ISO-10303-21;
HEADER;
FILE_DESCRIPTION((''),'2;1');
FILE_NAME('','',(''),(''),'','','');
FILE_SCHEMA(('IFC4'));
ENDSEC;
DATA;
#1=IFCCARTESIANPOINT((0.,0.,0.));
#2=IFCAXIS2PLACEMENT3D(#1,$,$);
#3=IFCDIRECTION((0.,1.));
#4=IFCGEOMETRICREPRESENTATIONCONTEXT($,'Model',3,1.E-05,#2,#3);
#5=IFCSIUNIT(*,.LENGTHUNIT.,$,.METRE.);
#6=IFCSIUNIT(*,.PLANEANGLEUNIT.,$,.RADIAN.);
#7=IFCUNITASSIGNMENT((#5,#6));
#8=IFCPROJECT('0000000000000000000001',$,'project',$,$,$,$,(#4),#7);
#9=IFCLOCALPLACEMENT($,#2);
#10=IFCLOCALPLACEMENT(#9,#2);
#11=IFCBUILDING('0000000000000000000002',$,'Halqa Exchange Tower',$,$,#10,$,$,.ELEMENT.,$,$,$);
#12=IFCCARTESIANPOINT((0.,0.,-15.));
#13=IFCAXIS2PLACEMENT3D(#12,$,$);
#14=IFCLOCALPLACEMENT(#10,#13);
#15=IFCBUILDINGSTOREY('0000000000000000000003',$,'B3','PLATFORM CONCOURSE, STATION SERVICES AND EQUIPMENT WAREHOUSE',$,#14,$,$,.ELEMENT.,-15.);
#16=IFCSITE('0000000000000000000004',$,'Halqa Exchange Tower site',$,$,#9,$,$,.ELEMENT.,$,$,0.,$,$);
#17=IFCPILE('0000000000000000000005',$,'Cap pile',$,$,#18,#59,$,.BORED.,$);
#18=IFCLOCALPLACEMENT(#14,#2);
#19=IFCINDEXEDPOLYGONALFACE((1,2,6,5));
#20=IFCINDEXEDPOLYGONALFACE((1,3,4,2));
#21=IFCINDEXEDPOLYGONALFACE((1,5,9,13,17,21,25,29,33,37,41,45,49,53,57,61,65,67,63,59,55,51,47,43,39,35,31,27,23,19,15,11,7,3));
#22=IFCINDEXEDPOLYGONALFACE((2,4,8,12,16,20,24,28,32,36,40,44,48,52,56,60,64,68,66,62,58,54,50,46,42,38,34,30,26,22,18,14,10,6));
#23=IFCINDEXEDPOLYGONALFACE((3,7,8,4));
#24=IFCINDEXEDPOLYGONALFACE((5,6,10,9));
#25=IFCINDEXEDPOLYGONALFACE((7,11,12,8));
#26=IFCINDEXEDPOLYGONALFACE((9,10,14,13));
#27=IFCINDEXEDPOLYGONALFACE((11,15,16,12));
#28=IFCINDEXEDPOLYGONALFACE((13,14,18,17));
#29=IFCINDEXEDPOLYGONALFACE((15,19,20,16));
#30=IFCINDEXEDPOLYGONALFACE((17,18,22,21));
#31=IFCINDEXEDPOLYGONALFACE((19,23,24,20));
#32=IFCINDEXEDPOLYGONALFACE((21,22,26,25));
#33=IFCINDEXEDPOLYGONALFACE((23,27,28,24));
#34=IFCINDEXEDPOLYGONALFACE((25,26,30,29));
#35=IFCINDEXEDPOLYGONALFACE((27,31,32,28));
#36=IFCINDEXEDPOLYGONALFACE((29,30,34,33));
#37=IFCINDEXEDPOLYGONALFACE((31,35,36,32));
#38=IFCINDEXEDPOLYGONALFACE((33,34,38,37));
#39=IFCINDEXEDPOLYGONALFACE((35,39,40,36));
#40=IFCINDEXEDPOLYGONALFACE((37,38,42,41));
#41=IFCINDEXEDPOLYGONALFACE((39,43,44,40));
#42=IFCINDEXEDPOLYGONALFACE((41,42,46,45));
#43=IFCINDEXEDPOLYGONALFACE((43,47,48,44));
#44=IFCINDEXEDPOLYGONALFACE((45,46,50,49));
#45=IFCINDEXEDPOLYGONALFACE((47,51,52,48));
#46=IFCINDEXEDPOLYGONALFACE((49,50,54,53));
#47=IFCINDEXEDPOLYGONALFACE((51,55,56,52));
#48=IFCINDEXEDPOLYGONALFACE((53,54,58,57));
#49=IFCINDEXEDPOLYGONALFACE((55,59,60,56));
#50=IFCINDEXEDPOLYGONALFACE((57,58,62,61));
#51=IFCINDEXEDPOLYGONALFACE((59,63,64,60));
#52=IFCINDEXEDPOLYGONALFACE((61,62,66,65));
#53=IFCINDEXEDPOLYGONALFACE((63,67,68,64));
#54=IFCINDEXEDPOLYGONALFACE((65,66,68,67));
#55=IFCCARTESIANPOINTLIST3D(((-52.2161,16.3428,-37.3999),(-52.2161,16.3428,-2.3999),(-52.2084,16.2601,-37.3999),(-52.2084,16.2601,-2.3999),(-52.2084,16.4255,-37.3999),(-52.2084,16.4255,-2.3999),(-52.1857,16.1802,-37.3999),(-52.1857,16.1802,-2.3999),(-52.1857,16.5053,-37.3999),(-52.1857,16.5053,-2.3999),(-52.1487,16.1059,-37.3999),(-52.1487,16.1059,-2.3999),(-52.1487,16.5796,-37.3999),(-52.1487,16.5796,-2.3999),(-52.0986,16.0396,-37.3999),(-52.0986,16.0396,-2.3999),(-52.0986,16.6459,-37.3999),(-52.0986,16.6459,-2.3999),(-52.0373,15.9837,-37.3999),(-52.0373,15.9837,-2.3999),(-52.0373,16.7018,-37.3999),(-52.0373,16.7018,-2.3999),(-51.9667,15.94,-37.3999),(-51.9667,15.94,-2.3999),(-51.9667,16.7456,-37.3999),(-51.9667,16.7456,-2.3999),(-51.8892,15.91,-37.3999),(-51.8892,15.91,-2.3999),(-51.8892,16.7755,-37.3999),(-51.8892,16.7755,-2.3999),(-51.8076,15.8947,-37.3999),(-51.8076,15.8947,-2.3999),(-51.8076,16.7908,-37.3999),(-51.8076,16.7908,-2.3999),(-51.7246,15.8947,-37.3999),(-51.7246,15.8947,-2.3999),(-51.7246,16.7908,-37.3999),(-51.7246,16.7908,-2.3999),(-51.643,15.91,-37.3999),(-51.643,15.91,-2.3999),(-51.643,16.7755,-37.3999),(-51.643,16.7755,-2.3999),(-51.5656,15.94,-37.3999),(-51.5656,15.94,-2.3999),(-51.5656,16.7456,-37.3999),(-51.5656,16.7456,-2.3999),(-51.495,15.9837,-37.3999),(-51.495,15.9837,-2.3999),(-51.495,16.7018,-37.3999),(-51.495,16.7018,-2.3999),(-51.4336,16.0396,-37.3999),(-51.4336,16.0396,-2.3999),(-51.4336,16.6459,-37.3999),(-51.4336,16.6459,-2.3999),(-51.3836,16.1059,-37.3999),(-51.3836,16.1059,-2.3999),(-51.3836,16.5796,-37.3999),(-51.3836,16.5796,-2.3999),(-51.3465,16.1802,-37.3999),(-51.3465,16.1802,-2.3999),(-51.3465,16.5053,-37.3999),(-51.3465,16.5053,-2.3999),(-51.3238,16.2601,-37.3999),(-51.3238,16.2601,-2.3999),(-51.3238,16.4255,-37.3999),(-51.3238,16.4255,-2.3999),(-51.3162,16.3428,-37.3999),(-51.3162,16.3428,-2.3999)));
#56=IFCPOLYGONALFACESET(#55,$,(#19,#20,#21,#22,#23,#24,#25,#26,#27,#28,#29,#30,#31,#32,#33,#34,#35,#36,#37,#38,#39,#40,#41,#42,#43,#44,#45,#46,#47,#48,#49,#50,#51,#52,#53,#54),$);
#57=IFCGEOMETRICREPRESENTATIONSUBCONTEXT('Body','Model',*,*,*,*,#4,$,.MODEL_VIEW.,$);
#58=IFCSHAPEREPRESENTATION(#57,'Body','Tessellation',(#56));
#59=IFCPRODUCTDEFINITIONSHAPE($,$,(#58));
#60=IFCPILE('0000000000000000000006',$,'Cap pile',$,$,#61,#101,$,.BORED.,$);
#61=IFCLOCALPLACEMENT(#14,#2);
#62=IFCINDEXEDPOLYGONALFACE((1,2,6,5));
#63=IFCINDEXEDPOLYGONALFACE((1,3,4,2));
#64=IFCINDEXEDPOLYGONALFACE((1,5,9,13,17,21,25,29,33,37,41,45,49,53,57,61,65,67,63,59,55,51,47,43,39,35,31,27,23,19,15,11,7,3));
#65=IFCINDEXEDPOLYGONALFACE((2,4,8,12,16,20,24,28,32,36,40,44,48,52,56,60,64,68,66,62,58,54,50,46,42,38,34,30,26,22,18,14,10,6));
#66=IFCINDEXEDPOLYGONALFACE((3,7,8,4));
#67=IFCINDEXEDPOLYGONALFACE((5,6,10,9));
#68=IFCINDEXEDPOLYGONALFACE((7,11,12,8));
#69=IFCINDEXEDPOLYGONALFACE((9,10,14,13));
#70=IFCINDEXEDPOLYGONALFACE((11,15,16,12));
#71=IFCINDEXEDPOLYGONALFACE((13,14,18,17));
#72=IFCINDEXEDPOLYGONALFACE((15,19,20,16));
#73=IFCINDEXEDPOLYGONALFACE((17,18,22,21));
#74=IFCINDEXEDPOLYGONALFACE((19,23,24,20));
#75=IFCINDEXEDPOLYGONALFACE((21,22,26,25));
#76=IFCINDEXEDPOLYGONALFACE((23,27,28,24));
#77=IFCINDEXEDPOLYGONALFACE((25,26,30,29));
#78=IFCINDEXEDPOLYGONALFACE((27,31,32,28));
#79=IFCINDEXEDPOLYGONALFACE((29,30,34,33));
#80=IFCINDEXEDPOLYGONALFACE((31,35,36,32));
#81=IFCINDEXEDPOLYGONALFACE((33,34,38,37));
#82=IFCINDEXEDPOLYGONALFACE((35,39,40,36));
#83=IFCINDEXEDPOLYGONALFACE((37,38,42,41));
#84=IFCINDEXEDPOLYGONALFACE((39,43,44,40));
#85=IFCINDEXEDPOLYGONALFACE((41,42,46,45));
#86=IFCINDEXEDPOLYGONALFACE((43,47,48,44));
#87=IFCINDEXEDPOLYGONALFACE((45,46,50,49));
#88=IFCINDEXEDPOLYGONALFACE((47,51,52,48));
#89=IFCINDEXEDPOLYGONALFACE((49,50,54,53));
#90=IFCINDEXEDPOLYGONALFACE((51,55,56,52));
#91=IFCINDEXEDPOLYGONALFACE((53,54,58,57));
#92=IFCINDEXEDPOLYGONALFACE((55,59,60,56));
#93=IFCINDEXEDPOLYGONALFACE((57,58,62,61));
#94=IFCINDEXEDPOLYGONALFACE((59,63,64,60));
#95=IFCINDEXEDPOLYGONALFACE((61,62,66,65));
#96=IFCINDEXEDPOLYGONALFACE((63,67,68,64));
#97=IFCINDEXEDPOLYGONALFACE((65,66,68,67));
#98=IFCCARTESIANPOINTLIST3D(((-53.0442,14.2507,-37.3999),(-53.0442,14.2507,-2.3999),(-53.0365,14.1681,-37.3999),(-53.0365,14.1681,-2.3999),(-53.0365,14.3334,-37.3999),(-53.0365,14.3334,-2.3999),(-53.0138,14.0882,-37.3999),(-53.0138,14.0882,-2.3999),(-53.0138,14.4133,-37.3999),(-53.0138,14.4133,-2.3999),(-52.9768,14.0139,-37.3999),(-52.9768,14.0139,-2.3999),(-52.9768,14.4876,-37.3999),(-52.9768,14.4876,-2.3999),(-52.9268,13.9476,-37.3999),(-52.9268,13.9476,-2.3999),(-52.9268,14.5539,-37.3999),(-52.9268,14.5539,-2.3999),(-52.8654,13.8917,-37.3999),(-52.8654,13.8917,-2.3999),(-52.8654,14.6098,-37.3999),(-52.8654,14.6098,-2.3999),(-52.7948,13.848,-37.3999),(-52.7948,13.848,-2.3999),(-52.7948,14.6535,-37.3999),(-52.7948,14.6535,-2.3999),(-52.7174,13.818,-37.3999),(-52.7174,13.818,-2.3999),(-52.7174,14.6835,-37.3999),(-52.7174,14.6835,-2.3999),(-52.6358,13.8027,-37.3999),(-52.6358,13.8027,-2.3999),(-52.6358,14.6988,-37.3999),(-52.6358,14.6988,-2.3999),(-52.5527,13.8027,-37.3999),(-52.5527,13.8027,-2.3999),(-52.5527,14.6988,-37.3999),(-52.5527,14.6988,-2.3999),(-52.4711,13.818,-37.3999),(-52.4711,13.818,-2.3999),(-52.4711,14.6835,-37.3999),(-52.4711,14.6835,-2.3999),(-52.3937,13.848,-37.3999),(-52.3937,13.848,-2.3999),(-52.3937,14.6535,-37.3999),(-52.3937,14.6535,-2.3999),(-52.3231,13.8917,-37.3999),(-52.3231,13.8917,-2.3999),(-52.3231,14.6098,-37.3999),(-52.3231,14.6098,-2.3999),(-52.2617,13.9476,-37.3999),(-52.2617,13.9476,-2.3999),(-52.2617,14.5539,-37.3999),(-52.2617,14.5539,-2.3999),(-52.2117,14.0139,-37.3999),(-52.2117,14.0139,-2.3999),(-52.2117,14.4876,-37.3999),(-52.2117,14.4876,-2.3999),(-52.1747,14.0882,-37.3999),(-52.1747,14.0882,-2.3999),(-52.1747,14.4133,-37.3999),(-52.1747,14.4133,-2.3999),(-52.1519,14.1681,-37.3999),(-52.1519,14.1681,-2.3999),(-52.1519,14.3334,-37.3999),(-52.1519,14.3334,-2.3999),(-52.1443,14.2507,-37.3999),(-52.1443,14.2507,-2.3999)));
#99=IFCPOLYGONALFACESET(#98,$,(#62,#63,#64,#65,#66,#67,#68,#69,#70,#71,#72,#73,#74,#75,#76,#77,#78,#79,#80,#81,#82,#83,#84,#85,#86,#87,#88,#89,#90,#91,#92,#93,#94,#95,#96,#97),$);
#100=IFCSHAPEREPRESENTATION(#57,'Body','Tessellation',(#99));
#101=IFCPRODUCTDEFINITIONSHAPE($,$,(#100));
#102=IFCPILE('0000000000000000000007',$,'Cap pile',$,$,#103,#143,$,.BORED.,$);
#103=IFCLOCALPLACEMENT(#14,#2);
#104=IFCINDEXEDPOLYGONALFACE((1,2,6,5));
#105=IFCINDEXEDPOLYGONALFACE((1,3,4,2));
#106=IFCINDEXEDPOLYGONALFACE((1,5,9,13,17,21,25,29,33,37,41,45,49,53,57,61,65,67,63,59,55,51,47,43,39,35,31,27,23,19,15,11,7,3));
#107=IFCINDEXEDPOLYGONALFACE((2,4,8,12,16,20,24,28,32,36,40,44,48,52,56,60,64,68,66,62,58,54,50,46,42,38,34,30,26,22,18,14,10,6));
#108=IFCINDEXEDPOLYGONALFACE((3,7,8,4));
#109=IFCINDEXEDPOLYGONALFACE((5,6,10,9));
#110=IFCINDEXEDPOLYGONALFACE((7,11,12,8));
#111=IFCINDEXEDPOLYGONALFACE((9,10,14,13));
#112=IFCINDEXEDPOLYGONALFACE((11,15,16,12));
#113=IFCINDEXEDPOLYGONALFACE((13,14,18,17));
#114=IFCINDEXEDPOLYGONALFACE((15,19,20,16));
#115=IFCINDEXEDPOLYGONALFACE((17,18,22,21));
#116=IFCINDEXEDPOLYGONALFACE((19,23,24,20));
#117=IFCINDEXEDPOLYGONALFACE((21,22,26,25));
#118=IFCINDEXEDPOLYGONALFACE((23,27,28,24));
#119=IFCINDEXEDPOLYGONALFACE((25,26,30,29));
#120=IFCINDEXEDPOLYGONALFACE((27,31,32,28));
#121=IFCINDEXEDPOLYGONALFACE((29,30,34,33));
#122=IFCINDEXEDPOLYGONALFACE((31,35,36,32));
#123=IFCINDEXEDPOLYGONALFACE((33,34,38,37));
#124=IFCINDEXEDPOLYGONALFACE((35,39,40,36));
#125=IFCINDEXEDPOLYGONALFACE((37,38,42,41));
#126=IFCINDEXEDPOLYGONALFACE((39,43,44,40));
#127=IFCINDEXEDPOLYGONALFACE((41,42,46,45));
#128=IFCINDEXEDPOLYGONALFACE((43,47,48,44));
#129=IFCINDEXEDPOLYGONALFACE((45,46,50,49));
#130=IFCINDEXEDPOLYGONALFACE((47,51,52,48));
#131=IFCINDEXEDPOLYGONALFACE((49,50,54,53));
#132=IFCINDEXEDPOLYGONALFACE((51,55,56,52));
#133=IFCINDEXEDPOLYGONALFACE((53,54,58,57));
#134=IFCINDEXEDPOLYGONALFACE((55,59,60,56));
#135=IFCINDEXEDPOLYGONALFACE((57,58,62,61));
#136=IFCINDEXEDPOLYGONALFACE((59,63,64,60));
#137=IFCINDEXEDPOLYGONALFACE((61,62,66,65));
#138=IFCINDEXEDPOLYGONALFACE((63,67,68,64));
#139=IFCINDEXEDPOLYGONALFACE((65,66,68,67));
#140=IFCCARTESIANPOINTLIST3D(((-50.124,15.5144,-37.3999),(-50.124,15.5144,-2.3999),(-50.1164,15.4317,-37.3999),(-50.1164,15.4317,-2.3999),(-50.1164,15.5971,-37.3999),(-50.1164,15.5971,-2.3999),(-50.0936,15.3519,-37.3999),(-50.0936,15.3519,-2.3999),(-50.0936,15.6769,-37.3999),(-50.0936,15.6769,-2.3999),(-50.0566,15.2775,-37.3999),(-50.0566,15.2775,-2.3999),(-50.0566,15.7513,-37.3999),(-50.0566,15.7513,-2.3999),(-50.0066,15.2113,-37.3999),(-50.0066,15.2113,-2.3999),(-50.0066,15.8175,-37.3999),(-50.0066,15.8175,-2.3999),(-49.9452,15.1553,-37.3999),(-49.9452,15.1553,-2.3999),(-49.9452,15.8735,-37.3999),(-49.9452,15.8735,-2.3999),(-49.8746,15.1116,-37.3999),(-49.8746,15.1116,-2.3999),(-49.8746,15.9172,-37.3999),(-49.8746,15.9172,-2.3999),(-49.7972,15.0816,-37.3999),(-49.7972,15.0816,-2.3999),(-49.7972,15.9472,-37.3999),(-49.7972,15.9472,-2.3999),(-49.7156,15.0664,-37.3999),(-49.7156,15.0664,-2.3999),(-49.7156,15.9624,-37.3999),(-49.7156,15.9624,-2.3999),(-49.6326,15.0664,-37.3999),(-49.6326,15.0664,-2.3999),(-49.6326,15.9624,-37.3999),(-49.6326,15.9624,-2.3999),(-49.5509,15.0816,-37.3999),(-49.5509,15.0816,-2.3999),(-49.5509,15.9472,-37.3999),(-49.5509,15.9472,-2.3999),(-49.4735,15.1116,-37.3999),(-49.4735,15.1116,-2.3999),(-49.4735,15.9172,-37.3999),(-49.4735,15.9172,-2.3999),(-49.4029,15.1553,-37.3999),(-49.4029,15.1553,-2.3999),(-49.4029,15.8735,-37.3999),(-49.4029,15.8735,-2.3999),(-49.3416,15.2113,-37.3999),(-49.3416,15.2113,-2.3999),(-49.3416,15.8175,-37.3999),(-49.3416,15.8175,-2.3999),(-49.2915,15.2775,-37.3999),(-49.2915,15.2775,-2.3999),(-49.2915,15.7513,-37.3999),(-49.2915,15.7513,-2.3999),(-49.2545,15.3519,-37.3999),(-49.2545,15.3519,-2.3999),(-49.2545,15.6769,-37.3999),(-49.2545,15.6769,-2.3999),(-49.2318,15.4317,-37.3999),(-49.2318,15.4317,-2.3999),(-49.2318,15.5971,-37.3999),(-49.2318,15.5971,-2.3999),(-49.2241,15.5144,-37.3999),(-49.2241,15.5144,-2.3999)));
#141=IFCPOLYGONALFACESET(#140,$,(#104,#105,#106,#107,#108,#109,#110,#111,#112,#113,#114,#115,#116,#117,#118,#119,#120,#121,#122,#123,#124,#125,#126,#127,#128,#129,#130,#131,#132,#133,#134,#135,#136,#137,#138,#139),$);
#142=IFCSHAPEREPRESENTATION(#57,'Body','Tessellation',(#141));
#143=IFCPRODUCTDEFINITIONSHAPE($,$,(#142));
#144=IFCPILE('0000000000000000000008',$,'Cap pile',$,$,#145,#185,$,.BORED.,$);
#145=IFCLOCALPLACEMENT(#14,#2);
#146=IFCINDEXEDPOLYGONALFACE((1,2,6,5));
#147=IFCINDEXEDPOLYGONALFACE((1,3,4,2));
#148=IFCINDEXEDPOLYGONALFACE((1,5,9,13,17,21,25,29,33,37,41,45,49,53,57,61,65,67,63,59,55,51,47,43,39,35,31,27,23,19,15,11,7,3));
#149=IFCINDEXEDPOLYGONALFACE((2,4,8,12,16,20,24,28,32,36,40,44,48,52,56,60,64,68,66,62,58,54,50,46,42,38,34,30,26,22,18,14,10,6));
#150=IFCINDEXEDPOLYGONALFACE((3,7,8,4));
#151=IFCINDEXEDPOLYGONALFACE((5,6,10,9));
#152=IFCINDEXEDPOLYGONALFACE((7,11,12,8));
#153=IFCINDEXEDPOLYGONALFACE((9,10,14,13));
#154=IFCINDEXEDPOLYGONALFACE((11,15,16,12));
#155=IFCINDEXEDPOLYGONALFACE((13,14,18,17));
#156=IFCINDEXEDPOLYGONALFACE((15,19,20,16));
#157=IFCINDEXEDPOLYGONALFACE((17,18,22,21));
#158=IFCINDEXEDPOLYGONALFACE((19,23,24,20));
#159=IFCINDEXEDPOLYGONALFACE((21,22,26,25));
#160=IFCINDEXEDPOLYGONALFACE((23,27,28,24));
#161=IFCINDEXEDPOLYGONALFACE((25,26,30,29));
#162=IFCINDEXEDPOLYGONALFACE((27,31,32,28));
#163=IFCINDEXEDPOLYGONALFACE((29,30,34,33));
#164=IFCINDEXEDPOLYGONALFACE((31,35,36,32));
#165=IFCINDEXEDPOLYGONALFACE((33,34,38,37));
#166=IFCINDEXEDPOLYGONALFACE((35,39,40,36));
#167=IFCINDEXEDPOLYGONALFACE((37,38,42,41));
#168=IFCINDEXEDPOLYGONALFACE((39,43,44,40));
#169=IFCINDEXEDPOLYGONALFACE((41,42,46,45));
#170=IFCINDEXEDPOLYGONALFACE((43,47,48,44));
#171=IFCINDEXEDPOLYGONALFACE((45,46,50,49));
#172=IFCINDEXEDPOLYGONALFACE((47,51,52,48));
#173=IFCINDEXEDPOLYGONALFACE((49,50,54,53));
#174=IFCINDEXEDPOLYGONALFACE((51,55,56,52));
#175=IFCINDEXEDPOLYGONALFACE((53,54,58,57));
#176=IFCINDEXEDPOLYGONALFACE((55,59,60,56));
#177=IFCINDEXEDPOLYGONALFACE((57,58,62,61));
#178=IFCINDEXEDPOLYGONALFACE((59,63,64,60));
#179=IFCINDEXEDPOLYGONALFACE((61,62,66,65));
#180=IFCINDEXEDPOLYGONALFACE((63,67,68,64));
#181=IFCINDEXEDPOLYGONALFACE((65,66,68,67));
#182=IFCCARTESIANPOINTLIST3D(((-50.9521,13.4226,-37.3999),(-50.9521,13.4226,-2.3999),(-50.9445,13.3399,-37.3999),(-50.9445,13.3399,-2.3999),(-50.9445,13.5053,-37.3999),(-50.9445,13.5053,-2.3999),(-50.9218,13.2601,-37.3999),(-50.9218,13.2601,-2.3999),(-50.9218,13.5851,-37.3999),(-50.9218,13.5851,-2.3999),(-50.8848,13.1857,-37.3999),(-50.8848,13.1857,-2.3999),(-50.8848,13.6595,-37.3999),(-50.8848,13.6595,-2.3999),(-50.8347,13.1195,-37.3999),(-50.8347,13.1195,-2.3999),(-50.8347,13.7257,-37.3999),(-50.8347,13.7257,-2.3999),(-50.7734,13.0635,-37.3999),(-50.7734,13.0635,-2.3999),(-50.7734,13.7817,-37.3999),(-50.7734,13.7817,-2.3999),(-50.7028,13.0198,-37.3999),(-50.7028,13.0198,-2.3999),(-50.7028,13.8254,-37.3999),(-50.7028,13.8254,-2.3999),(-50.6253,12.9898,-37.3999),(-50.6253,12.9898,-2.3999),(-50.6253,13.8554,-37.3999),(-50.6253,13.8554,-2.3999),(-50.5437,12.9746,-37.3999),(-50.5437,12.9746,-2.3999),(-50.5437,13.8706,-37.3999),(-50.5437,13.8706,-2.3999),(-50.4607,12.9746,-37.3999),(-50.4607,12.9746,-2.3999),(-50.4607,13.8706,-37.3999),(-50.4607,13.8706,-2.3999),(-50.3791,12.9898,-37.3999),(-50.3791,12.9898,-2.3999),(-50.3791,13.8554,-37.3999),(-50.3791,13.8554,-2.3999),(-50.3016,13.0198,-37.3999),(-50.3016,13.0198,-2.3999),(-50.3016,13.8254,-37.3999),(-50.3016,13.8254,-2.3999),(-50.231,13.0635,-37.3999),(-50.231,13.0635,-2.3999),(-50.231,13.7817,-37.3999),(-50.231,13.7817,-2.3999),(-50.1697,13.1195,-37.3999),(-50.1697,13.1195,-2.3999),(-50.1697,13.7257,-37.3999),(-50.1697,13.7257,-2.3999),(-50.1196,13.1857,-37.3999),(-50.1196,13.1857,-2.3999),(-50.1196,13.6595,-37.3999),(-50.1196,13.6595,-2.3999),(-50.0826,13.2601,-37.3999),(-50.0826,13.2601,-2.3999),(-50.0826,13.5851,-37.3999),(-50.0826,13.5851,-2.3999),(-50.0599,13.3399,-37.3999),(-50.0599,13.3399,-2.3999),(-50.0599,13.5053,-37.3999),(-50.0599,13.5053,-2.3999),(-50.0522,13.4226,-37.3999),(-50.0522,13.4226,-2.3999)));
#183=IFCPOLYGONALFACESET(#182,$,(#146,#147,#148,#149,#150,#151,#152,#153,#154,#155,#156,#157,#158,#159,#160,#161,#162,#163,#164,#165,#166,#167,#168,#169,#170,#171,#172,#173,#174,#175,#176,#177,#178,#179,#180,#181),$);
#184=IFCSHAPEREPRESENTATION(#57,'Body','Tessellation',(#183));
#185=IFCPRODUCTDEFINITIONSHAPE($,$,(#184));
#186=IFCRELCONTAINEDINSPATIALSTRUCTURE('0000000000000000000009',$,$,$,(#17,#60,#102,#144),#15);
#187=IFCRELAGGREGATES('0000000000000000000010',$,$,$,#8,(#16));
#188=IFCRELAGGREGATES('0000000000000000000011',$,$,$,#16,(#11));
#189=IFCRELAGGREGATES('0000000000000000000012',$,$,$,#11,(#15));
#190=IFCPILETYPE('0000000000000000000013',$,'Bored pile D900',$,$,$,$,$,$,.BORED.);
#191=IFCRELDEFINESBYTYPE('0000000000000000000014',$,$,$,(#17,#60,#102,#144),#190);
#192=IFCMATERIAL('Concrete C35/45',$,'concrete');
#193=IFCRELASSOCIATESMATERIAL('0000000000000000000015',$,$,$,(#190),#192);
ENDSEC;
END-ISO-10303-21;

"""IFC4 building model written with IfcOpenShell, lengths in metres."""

from ifc_helpers import new_model, si_unit, direction, frame, origin, origin_2d, place, context, subcontext, project, spatial, circle, extrude, material, material_profile, profile_set, type_object, element, save


model = new_model("IFC4")

# Units and contexts
model_context = context("Model", 3, precision=1e-05, world=origin(), true_north=direction((0.0, 1.0)))
body_context = subcontext(model_context, "Body", "Model", "MODEL_VIEW")
ifc_project = project(units=[si_unit("LENGTHUNIT", "METRE"), si_unit("PLANEANGLEUNIT", "RADIAN")], contexts=[model_context])

# Site, building, storey
site_placement = place(None, origin())
site = spatial("IfcSite", under=ifc_project, at=site_placement, Name="Halqa Exchange Tower site", CompositionType="ELEMENT", RefElevation=0.0)
building_placement = place(site_placement, origin())
building = spatial("IfcBuilding", under=site, at=building_placement, Name="Halqa Exchange Tower", CompositionType="ELEMENT")
storey_placement = place(building_placement, frame((0.0, 0.0, -15.0)))
storey = spatial("IfcBuildingStorey", under=building, at=storey_placement, Name="B3", Description="PLATFORM CONCOURSE, STATION SERVICES AND EQUIPMENT WAREHOUSE", CompositionType="ELEMENT", Elevation=-15.0)

# Piles
ifc_material_1 = material(Name="Concrete C35/45", Category="concrete")
ifc_material_profile_1 = material_profile(ifc_material_1, circle(Radius=0.45, at=origin_2d()), Name="D900")
ifc_profile_set_1 = profile_set([ifc_material_profile_1], Name="Concrete C35/45")
pile_type = type_object("IfcPileType", Name="Bored pile D900", PredefinedType="BORED", material=ifc_profile_set_1)
for number, where, z_axis, x_axis, name in (
    (1, (-51.7661, 16.3428, -2.3999), (0.0, 0.0, -1.0), (1.0, 0.0, 0.0), "Cap pile"),
    (2, (-52.5942, 14.2507, -2.3999), (0.0, 0.0, -1.0), (1.0, 0.0, 0.0), "Cap pile"),
    (3, (-49.6741, 15.5144, -2.3999), (0.0, 0.0, -1.0), (1.0, 0.0, 0.0), "Cap pile"),
    (4, (-50.5022, 13.4226, -2.3999), (0.0, 0.0, -1.0), (1.0, 0.0, 0.0), "Cap pile"),
):
    element("IfcPile", number, at=place(storey_placement, frame(where, z_axis=z_axis, x_axis=x_axis)), inside=storey, type_object=pile_type, Name=name, PredefinedType="BORED", context=body_context, shape_type="SweptSolid", body=[
        extrude(circle(Radius=0.45, at=origin_2d()), origin(), (0.0, 0.0, 1.0), 35.0),
    ])

save(model, "model.ifc")
